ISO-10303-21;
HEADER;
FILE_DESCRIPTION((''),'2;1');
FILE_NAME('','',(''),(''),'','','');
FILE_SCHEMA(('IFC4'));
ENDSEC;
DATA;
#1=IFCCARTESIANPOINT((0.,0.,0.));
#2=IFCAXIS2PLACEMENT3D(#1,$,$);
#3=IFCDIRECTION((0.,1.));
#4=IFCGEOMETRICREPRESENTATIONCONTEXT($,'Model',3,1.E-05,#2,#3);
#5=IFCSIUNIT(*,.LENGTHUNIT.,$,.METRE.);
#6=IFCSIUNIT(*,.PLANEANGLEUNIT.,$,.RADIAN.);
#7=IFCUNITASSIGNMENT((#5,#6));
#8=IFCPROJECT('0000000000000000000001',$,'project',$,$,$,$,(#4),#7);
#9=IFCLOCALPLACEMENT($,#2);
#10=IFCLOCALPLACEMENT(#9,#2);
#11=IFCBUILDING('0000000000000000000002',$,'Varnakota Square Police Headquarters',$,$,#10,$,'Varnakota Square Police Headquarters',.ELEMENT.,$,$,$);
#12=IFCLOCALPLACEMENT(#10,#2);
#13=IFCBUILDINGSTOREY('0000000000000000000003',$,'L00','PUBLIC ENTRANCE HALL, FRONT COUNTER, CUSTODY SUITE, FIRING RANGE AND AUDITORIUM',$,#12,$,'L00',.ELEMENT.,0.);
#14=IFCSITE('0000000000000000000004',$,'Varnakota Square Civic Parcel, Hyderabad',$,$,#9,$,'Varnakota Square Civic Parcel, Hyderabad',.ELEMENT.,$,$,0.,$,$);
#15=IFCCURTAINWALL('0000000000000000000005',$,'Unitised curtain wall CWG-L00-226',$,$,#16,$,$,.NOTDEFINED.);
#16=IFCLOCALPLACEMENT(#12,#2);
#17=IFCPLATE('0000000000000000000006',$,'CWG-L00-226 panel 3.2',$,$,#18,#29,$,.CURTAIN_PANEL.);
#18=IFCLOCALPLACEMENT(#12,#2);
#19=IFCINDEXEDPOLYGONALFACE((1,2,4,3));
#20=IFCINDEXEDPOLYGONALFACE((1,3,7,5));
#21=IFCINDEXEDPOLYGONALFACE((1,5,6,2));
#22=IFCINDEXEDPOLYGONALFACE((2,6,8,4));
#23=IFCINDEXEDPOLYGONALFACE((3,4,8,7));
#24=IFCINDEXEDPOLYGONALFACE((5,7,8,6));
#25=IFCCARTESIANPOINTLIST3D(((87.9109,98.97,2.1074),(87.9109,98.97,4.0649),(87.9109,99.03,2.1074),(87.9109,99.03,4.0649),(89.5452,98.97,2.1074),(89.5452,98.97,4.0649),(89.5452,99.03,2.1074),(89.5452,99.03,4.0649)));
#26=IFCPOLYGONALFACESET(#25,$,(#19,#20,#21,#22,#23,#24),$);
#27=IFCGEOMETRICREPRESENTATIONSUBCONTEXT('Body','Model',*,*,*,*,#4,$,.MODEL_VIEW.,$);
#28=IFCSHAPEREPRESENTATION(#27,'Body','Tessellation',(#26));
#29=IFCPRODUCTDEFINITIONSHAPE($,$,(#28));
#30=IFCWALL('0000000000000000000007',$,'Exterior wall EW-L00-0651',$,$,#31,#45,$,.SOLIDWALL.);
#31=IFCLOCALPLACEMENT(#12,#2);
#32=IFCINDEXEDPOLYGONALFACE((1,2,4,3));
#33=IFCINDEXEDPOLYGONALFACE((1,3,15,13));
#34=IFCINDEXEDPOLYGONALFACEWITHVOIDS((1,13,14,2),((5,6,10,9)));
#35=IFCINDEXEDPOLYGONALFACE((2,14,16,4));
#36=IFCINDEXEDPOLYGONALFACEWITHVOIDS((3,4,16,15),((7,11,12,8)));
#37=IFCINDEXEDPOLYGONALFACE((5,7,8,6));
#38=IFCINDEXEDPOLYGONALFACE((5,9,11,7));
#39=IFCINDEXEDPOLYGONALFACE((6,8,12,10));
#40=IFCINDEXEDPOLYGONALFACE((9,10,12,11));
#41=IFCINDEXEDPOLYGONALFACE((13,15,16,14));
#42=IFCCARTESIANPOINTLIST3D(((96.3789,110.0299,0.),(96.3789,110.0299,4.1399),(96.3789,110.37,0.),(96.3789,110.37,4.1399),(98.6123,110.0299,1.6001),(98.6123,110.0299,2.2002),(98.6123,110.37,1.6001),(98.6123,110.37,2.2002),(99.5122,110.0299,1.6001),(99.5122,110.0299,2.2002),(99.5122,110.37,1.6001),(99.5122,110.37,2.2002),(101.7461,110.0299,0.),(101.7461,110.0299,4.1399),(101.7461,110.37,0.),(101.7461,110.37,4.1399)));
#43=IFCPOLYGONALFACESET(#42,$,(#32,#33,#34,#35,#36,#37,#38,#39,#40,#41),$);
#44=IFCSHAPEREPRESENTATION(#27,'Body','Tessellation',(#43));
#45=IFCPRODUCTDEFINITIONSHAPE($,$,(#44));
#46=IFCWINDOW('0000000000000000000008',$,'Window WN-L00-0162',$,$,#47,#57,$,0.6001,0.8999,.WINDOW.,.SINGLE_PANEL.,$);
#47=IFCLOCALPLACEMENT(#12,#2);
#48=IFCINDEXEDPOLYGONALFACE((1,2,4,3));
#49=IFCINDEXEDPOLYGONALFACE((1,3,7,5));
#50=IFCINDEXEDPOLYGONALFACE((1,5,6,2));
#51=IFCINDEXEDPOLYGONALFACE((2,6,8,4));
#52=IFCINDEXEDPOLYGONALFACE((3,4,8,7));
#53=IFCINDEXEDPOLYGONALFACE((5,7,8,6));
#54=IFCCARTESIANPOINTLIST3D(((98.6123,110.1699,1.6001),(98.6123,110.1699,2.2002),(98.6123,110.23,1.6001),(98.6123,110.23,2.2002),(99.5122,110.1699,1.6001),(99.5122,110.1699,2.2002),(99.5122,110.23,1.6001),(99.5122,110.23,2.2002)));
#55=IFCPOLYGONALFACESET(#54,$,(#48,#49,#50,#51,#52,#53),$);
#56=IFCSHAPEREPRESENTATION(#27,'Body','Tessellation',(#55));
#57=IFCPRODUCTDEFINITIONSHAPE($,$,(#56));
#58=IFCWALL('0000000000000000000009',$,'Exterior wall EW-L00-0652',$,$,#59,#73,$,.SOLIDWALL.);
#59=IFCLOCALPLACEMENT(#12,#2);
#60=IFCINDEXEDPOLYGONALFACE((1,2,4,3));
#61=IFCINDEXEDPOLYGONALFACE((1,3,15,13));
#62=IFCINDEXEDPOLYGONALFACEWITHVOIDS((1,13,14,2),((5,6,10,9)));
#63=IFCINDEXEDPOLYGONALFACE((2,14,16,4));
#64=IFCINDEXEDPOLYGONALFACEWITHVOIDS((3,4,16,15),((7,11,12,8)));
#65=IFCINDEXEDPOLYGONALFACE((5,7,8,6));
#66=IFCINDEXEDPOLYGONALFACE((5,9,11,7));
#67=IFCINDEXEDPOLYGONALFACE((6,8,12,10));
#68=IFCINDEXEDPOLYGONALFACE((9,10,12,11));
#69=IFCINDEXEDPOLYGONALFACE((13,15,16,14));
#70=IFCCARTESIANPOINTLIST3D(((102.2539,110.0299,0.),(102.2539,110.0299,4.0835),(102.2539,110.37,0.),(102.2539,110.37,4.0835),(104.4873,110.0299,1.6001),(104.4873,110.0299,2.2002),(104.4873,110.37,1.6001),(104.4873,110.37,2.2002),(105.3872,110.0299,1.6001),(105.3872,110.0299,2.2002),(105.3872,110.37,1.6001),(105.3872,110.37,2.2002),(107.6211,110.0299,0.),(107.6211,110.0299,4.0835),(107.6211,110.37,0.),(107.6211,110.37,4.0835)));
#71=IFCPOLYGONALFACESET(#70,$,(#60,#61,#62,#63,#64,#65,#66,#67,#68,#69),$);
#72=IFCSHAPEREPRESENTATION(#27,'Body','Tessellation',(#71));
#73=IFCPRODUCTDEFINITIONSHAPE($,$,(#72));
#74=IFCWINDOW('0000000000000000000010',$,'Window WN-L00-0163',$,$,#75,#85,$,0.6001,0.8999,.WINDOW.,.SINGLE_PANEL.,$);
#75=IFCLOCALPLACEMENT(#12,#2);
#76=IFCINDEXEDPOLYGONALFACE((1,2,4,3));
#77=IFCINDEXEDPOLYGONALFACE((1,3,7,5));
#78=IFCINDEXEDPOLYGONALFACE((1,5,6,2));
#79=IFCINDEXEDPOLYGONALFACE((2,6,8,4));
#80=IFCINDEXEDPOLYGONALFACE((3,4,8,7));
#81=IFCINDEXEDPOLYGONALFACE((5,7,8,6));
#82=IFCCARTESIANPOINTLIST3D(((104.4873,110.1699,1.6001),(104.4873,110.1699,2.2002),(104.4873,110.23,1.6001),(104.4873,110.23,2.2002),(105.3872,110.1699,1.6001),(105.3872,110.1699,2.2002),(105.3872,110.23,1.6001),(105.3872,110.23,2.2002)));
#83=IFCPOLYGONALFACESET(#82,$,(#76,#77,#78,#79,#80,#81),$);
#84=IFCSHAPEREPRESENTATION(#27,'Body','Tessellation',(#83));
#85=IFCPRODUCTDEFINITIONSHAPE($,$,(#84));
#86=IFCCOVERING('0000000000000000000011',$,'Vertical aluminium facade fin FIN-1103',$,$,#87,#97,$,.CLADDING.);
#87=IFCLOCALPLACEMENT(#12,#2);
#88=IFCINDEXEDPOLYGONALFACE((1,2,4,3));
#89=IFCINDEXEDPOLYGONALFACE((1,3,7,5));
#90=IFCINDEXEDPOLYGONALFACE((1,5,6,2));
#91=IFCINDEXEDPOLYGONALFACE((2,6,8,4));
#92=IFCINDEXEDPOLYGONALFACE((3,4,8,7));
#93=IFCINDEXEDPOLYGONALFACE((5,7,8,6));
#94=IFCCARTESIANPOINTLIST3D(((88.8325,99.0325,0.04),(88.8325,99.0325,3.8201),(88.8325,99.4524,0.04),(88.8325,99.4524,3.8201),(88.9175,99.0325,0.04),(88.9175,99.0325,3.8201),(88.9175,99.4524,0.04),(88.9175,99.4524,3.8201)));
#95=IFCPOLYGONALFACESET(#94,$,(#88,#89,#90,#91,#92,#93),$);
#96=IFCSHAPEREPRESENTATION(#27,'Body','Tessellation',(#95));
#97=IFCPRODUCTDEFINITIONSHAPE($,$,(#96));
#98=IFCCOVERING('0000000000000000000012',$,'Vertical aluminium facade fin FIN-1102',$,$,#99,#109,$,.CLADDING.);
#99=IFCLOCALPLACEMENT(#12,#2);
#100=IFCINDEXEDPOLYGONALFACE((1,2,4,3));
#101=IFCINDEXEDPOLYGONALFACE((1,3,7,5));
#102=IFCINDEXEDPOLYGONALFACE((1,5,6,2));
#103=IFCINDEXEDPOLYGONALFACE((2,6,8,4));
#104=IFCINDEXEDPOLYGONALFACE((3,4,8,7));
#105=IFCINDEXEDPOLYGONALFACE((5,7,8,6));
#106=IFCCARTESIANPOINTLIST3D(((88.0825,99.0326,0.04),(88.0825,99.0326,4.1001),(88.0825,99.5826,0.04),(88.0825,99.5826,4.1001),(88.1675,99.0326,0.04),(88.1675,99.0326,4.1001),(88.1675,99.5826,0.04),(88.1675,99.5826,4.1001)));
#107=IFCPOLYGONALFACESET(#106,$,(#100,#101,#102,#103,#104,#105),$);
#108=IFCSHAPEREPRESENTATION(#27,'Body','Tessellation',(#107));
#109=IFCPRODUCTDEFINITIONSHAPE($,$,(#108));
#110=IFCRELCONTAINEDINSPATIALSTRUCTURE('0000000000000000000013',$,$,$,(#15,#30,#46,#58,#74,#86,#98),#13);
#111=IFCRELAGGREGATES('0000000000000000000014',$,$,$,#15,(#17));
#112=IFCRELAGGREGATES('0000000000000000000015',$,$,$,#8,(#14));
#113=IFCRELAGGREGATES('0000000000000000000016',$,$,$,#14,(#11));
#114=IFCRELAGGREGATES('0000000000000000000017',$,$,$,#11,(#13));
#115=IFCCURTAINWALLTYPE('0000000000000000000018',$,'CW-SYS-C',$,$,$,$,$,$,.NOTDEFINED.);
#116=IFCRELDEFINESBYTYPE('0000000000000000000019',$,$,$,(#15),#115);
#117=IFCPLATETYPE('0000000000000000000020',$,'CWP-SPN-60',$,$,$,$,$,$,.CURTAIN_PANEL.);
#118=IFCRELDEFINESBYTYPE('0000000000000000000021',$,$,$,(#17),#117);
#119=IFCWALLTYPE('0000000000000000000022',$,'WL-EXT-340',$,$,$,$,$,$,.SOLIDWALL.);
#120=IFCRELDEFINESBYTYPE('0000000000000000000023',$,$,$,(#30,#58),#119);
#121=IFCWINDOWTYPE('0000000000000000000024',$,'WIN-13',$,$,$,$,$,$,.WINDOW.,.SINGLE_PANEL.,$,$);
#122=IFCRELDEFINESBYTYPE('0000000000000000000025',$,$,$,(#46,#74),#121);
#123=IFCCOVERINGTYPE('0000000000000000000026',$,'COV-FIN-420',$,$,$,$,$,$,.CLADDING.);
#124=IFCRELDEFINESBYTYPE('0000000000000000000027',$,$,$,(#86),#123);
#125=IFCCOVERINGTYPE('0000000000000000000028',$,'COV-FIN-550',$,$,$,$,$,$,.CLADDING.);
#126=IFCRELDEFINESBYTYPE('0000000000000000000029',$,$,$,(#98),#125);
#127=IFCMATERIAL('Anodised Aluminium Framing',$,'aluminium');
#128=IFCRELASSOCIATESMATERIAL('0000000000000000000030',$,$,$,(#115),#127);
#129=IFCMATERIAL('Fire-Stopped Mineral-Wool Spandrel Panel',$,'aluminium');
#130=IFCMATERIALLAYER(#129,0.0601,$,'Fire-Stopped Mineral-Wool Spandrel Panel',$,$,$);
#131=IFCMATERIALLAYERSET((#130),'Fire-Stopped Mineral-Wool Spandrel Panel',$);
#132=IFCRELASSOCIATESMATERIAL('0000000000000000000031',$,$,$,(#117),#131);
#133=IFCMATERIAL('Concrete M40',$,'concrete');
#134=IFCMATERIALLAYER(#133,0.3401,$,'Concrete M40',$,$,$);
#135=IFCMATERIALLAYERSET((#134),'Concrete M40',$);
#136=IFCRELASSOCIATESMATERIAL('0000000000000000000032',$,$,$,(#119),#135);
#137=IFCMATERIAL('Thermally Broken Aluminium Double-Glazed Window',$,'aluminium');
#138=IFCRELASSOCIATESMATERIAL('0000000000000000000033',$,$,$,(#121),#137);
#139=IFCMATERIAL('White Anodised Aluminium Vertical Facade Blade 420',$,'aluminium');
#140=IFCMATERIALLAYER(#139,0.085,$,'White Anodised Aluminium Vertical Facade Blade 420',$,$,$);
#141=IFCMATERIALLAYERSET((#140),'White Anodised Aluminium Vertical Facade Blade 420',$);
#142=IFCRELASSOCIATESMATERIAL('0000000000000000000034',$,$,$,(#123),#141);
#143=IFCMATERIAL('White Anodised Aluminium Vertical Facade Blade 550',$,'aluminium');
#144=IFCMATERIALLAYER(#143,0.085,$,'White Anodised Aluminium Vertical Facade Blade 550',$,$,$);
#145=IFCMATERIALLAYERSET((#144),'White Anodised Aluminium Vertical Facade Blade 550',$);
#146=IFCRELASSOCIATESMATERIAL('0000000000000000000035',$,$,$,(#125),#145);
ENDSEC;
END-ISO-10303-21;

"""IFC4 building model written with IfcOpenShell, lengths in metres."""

from ifc_helpers import new_model, si_unit, direction, frame, frame_2d, origin, origin_2d, place, context, subcontext, project, spatial, rectangle, extrude, material, layer, layer_set, type_object, element, fill, aggregate, save


model = new_model("IFC4")

# Units and contexts
model_context = context("Model", 3, precision=1e-05, world=origin(), true_north=direction((0.0, 1.0)))
body_context = subcontext(model_context, "Body", "Model", "MODEL_VIEW")
ifc_project = project(units=[si_unit("LENGTHUNIT", "METRE"), si_unit("PLANEANGLEUNIT", "RADIAN")], contexts=[model_context])

# Site, building, storey
site_placement = place(None, origin())
site = spatial("IfcSite", under=ifc_project, at=site_placement, Name="Varnakota Square Civic Parcel, Hyderabad", LongName="Varnakota Square Civic Parcel, Hyderabad", CompositionType="ELEMENT", RefElevation=0.0)
building_placement = place(site_placement, origin())
building = spatial("IfcBuilding", under=site, at=building_placement, Name="Varnakota Square Police Headquarters", LongName="Varnakota Square Police Headquarters", CompositionType="ELEMENT")
storey_placement = place(building_placement, origin())
storey = spatial("IfcBuildingStorey", under=building, at=storey_placement, Name="L00", Description="PUBLIC ENTRANCE HALL, FRONT COUNTER, CUSTODY SUITE, FIRING RANGE AND AUDITORIUM", LongName="L00", CompositionType="ELEMENT", Elevation=0.0)

# Curtain wall, plate
ifc_material_1 = material(Name="Anodised Aluminium Framing", Category="aluminium")
curtain_wall_type = type_object("IfcCurtainWallType", Name="CW-SYS-C", PredefinedType="NOTDEFINED", material=ifc_material_1)
curtain_wall_placement = place(storey_placement, origin())
curtain_wall = element("IfcCurtainWall", 1, at=curtain_wall_placement, inside=storey, type_object=curtain_wall_type, Name="Unitised curtain wall CWG-L00-226", PredefinedType="NOTDEFINED")
ifc_material_2 = material(Name="Fire-Stopped Mineral-Wool Spandrel Panel", Category="aluminium")
ifc_layer_1 = layer(ifc_material_2, 0.0601, Name="Fire-Stopped Mineral-Wool Spandrel Panel")
ifc_layer_set_1 = layer_set([ifc_layer_1], Name="Fire-Stopped Mineral-Wool Spandrel Panel")
plate_type_1 = type_object("IfcPlateType", Name="CWP-SPN-60", PredefinedType="CURTAIN_PANEL", material=ifc_layer_set_1)
plate_1_placement = place(storey_placement, frame((88.728, 99.0, 2.1074), z_axis=(0.0, 0.0, 1.0), x_axis=(1.0, 0.0, 0.0)))
plate_1 = element("IfcPlate", 2, at=plate_1_placement, type_object=plate_type_1, Name="CWG-L00-226 panel 3.2", PredefinedType="CURTAIN_PANEL", context=body_context, shape_type="SweptSolid", body=[
    extrude(rectangle(XDim=1.6343, YDim=0.0601, at=origin_2d()), origin(), (0.0, 0.0, 1.0), 1.9575),
])
aggregate(curtain_wall, [plate_1])

# Walls, openings, windows
ifc_material_3 = material(Name="Concrete M40", Category="concrete")
ifc_layer_2 = layer(ifc_material_3, 0.3401, Name="Concrete M40")
ifc_layer_set_2 = layer_set([ifc_layer_2], Name="Concrete M40")
wall_type = type_object("IfcWallType", Name="WL-EXT-340", PredefinedType="SOLIDWALL", material=ifc_layer_set_2)
wall_1_placement = place(storey_placement, frame((96.3789, 110.2, 0.0), z_axis=(0.0, 0.0, 1.0), x_axis=(1.0, 0.0, 0.0)))
wall_1 = element("IfcWall", 3, at=wall_1_placement, inside=storey, type_object=wall_type, Name="Exterior wall EW-L00-0651", PredefinedType="SOLIDWALL", context=body_context, shape_type="SweptSolid", body=[
    extrude(rectangle(XDim=5.3672, YDim=0.3401, at=frame_2d((2.6836, 0.0))), origin(), (0.0, 0.0, 1.0), 4.1399),
])
opening_1_placement = place(wall_1_placement, frame((2.2334, 0.0, 1.6001)))
opening_1 = element("IfcOpeningElement", 4, at=opening_1_placement, cuts=wall_1, PredefinedType="OPENING", context=body_context, shape_type="SweptSolid", body=[
    extrude(rectangle(XDim=0.8999, YDim=0.6001, at=frame_2d((0.45, 0.3))), frame((0.0, 0.1799, 0.0), z_axis=(0.0, -1.0, 0.0), x_axis=(1.0, 0.0, 0.0)), (0.0, 0.0, 1.0), 0.3601),
])
ifc_material_4 = material(Name="Thermally Broken Aluminium Double-Glazed Window", Category="aluminium")
window_type = type_object("IfcWindowType", Name="WIN-13", PartitioningType="SINGLE_PANEL", PredefinedType="WINDOW", material=ifc_material_4)
window_1_placement = place(opening_1_placement, origin())
window_1 = element("IfcWindow", 5, at=window_1_placement, inside=storey, type_object=window_type, Name="Window WN-L00-0162", OverallHeight=0.6001, OverallWidth=0.8999, PartitioningType="SINGLE_PANEL", PredefinedType="WINDOW", context=body_context, shape_type="SweptSolid", body=[
    extrude(rectangle(XDim=0.8999, YDim=0.6001, at=frame_2d((0.45, 0.3))), frame((0.0, 0.03, 0.0), z_axis=(0.0, -1.0, 0.0), x_axis=(1.0, 0.0, 0.0)), (0.0, 0.0, 1.0), 0.0601),
])
fill(opening_1, window_1)
wall_2_placement = place(storey_placement, frame((102.2539, 110.2, 0.0), z_axis=(0.0, 0.0, 1.0), x_axis=(1.0, 0.0, 0.0)))
wall_2 = element("IfcWall", 6, at=wall_2_placement, inside=storey, type_object=wall_type, Name="Exterior wall EW-L00-0652", PredefinedType="SOLIDWALL", context=body_context, shape_type="SweptSolid", body=[
    extrude(rectangle(XDim=5.3672, YDim=0.3401, at=frame_2d((2.6836, 0.0))), origin(), (0.0, 0.0, 1.0), 4.0835),
])
opening_2_placement = place(wall_2_placement, frame((2.2334, 0.0, 1.6001)))
opening_2 = element("IfcOpeningElement", 7, at=opening_2_placement, cuts=wall_2, PredefinedType="OPENING", context=body_context, shape_type="SweptSolid", body=[
    extrude(rectangle(XDim=0.8999, YDim=0.6001, at=frame_2d((0.45, 0.3))), frame((0.0, 0.1799, 0.0), z_axis=(0.0, -1.0, 0.0), x_axis=(1.0, 0.0, 0.0)), (0.0, 0.0, 1.0), 0.3601),
])
window_2_placement = place(opening_2_placement, origin())
window_2 = element("IfcWindow", 8, at=window_2_placement, inside=storey, type_object=window_type, Name="Window WN-L00-0163", OverallHeight=0.6001, OverallWidth=0.8999, PartitioningType="SINGLE_PANEL", PredefinedType="WINDOW", context=body_context, shape_type="SweptSolid", body=[
    extrude(rectangle(XDim=0.8999, YDim=0.6001, at=frame_2d((0.45, 0.3))), frame((0.0, 0.03, 0.0), z_axis=(0.0, -1.0, 0.0), x_axis=(1.0, 0.0, 0.0)), (0.0, 0.0, 1.0), 0.0601),
])
fill(opening_2, window_2)

# Coverings
ifc_material_5 = material(Name="White Anodised Aluminium Vertical Facade Blade 420", Category="aluminium")
ifc_layer_3 = layer(ifc_material_5, 0.085, Name="White Anodised Aluminium Vertical Facade Blade 420")
ifc_layer_set_3 = layer_set([ifc_layer_3], Name="White Anodised Aluminium Vertical Facade Blade 420")
covering_type_1 = type_object("IfcCoveringType", Name="COV-FIN-420", PredefinedType="CLADDING", material=ifc_layer_set_3)
covering_1_placement = place(storey_placement, frame((88.875, 99.2424, 0.04), z_axis=(0.0, 0.0, 1.0), x_axis=(1.0, 0.0, 0.0)))
element("IfcCovering", 9, at=covering_1_placement, inside=storey, type_object=covering_type_1, Name="Vertical aluminium facade fin FIN-1103", PredefinedType="CLADDING", context=body_context, shape_type="SweptSolid", body=[
    extrude(rectangle(XDim=0.085, YDim=0.4199, at=origin_2d()), origin(), (0.0, 0.0, 1.0), 3.78),
])
ifc_material_6 = material(Name="White Anodised Aluminium Vertical Facade Blade 550", Category="aluminium")
ifc_layer_4 = layer(ifc_material_6, 0.085, Name="White Anodised Aluminium Vertical Facade Blade 550")
ifc_layer_set_4 = layer_set([ifc_layer_4], Name="White Anodised Aluminium Vertical Facade Blade 550")
covering_type_2 = type_object("IfcCoveringType", Name="COV-FIN-550", PredefinedType="CLADDING", material=ifc_layer_set_4)
covering_2_placement = place(storey_placement, frame((88.125, 99.3076, 0.04), z_axis=(0.0, 0.0, 1.0), x_axis=(1.0, 0.0, 0.0)))
element("IfcCovering", 10, at=covering_2_placement, inside=storey, type_object=covering_type_2, Name="Vertical aluminium facade fin FIN-1102", PredefinedType="CLADDING", context=body_context, shape_type="SweptSolid", body=[
    extrude(rectangle(XDim=0.085, YDim=0.55, at=origin_2d()), origin(), (0.0, 0.0, 1.0), 4.0601),
])

save(model, "model.ifc")
